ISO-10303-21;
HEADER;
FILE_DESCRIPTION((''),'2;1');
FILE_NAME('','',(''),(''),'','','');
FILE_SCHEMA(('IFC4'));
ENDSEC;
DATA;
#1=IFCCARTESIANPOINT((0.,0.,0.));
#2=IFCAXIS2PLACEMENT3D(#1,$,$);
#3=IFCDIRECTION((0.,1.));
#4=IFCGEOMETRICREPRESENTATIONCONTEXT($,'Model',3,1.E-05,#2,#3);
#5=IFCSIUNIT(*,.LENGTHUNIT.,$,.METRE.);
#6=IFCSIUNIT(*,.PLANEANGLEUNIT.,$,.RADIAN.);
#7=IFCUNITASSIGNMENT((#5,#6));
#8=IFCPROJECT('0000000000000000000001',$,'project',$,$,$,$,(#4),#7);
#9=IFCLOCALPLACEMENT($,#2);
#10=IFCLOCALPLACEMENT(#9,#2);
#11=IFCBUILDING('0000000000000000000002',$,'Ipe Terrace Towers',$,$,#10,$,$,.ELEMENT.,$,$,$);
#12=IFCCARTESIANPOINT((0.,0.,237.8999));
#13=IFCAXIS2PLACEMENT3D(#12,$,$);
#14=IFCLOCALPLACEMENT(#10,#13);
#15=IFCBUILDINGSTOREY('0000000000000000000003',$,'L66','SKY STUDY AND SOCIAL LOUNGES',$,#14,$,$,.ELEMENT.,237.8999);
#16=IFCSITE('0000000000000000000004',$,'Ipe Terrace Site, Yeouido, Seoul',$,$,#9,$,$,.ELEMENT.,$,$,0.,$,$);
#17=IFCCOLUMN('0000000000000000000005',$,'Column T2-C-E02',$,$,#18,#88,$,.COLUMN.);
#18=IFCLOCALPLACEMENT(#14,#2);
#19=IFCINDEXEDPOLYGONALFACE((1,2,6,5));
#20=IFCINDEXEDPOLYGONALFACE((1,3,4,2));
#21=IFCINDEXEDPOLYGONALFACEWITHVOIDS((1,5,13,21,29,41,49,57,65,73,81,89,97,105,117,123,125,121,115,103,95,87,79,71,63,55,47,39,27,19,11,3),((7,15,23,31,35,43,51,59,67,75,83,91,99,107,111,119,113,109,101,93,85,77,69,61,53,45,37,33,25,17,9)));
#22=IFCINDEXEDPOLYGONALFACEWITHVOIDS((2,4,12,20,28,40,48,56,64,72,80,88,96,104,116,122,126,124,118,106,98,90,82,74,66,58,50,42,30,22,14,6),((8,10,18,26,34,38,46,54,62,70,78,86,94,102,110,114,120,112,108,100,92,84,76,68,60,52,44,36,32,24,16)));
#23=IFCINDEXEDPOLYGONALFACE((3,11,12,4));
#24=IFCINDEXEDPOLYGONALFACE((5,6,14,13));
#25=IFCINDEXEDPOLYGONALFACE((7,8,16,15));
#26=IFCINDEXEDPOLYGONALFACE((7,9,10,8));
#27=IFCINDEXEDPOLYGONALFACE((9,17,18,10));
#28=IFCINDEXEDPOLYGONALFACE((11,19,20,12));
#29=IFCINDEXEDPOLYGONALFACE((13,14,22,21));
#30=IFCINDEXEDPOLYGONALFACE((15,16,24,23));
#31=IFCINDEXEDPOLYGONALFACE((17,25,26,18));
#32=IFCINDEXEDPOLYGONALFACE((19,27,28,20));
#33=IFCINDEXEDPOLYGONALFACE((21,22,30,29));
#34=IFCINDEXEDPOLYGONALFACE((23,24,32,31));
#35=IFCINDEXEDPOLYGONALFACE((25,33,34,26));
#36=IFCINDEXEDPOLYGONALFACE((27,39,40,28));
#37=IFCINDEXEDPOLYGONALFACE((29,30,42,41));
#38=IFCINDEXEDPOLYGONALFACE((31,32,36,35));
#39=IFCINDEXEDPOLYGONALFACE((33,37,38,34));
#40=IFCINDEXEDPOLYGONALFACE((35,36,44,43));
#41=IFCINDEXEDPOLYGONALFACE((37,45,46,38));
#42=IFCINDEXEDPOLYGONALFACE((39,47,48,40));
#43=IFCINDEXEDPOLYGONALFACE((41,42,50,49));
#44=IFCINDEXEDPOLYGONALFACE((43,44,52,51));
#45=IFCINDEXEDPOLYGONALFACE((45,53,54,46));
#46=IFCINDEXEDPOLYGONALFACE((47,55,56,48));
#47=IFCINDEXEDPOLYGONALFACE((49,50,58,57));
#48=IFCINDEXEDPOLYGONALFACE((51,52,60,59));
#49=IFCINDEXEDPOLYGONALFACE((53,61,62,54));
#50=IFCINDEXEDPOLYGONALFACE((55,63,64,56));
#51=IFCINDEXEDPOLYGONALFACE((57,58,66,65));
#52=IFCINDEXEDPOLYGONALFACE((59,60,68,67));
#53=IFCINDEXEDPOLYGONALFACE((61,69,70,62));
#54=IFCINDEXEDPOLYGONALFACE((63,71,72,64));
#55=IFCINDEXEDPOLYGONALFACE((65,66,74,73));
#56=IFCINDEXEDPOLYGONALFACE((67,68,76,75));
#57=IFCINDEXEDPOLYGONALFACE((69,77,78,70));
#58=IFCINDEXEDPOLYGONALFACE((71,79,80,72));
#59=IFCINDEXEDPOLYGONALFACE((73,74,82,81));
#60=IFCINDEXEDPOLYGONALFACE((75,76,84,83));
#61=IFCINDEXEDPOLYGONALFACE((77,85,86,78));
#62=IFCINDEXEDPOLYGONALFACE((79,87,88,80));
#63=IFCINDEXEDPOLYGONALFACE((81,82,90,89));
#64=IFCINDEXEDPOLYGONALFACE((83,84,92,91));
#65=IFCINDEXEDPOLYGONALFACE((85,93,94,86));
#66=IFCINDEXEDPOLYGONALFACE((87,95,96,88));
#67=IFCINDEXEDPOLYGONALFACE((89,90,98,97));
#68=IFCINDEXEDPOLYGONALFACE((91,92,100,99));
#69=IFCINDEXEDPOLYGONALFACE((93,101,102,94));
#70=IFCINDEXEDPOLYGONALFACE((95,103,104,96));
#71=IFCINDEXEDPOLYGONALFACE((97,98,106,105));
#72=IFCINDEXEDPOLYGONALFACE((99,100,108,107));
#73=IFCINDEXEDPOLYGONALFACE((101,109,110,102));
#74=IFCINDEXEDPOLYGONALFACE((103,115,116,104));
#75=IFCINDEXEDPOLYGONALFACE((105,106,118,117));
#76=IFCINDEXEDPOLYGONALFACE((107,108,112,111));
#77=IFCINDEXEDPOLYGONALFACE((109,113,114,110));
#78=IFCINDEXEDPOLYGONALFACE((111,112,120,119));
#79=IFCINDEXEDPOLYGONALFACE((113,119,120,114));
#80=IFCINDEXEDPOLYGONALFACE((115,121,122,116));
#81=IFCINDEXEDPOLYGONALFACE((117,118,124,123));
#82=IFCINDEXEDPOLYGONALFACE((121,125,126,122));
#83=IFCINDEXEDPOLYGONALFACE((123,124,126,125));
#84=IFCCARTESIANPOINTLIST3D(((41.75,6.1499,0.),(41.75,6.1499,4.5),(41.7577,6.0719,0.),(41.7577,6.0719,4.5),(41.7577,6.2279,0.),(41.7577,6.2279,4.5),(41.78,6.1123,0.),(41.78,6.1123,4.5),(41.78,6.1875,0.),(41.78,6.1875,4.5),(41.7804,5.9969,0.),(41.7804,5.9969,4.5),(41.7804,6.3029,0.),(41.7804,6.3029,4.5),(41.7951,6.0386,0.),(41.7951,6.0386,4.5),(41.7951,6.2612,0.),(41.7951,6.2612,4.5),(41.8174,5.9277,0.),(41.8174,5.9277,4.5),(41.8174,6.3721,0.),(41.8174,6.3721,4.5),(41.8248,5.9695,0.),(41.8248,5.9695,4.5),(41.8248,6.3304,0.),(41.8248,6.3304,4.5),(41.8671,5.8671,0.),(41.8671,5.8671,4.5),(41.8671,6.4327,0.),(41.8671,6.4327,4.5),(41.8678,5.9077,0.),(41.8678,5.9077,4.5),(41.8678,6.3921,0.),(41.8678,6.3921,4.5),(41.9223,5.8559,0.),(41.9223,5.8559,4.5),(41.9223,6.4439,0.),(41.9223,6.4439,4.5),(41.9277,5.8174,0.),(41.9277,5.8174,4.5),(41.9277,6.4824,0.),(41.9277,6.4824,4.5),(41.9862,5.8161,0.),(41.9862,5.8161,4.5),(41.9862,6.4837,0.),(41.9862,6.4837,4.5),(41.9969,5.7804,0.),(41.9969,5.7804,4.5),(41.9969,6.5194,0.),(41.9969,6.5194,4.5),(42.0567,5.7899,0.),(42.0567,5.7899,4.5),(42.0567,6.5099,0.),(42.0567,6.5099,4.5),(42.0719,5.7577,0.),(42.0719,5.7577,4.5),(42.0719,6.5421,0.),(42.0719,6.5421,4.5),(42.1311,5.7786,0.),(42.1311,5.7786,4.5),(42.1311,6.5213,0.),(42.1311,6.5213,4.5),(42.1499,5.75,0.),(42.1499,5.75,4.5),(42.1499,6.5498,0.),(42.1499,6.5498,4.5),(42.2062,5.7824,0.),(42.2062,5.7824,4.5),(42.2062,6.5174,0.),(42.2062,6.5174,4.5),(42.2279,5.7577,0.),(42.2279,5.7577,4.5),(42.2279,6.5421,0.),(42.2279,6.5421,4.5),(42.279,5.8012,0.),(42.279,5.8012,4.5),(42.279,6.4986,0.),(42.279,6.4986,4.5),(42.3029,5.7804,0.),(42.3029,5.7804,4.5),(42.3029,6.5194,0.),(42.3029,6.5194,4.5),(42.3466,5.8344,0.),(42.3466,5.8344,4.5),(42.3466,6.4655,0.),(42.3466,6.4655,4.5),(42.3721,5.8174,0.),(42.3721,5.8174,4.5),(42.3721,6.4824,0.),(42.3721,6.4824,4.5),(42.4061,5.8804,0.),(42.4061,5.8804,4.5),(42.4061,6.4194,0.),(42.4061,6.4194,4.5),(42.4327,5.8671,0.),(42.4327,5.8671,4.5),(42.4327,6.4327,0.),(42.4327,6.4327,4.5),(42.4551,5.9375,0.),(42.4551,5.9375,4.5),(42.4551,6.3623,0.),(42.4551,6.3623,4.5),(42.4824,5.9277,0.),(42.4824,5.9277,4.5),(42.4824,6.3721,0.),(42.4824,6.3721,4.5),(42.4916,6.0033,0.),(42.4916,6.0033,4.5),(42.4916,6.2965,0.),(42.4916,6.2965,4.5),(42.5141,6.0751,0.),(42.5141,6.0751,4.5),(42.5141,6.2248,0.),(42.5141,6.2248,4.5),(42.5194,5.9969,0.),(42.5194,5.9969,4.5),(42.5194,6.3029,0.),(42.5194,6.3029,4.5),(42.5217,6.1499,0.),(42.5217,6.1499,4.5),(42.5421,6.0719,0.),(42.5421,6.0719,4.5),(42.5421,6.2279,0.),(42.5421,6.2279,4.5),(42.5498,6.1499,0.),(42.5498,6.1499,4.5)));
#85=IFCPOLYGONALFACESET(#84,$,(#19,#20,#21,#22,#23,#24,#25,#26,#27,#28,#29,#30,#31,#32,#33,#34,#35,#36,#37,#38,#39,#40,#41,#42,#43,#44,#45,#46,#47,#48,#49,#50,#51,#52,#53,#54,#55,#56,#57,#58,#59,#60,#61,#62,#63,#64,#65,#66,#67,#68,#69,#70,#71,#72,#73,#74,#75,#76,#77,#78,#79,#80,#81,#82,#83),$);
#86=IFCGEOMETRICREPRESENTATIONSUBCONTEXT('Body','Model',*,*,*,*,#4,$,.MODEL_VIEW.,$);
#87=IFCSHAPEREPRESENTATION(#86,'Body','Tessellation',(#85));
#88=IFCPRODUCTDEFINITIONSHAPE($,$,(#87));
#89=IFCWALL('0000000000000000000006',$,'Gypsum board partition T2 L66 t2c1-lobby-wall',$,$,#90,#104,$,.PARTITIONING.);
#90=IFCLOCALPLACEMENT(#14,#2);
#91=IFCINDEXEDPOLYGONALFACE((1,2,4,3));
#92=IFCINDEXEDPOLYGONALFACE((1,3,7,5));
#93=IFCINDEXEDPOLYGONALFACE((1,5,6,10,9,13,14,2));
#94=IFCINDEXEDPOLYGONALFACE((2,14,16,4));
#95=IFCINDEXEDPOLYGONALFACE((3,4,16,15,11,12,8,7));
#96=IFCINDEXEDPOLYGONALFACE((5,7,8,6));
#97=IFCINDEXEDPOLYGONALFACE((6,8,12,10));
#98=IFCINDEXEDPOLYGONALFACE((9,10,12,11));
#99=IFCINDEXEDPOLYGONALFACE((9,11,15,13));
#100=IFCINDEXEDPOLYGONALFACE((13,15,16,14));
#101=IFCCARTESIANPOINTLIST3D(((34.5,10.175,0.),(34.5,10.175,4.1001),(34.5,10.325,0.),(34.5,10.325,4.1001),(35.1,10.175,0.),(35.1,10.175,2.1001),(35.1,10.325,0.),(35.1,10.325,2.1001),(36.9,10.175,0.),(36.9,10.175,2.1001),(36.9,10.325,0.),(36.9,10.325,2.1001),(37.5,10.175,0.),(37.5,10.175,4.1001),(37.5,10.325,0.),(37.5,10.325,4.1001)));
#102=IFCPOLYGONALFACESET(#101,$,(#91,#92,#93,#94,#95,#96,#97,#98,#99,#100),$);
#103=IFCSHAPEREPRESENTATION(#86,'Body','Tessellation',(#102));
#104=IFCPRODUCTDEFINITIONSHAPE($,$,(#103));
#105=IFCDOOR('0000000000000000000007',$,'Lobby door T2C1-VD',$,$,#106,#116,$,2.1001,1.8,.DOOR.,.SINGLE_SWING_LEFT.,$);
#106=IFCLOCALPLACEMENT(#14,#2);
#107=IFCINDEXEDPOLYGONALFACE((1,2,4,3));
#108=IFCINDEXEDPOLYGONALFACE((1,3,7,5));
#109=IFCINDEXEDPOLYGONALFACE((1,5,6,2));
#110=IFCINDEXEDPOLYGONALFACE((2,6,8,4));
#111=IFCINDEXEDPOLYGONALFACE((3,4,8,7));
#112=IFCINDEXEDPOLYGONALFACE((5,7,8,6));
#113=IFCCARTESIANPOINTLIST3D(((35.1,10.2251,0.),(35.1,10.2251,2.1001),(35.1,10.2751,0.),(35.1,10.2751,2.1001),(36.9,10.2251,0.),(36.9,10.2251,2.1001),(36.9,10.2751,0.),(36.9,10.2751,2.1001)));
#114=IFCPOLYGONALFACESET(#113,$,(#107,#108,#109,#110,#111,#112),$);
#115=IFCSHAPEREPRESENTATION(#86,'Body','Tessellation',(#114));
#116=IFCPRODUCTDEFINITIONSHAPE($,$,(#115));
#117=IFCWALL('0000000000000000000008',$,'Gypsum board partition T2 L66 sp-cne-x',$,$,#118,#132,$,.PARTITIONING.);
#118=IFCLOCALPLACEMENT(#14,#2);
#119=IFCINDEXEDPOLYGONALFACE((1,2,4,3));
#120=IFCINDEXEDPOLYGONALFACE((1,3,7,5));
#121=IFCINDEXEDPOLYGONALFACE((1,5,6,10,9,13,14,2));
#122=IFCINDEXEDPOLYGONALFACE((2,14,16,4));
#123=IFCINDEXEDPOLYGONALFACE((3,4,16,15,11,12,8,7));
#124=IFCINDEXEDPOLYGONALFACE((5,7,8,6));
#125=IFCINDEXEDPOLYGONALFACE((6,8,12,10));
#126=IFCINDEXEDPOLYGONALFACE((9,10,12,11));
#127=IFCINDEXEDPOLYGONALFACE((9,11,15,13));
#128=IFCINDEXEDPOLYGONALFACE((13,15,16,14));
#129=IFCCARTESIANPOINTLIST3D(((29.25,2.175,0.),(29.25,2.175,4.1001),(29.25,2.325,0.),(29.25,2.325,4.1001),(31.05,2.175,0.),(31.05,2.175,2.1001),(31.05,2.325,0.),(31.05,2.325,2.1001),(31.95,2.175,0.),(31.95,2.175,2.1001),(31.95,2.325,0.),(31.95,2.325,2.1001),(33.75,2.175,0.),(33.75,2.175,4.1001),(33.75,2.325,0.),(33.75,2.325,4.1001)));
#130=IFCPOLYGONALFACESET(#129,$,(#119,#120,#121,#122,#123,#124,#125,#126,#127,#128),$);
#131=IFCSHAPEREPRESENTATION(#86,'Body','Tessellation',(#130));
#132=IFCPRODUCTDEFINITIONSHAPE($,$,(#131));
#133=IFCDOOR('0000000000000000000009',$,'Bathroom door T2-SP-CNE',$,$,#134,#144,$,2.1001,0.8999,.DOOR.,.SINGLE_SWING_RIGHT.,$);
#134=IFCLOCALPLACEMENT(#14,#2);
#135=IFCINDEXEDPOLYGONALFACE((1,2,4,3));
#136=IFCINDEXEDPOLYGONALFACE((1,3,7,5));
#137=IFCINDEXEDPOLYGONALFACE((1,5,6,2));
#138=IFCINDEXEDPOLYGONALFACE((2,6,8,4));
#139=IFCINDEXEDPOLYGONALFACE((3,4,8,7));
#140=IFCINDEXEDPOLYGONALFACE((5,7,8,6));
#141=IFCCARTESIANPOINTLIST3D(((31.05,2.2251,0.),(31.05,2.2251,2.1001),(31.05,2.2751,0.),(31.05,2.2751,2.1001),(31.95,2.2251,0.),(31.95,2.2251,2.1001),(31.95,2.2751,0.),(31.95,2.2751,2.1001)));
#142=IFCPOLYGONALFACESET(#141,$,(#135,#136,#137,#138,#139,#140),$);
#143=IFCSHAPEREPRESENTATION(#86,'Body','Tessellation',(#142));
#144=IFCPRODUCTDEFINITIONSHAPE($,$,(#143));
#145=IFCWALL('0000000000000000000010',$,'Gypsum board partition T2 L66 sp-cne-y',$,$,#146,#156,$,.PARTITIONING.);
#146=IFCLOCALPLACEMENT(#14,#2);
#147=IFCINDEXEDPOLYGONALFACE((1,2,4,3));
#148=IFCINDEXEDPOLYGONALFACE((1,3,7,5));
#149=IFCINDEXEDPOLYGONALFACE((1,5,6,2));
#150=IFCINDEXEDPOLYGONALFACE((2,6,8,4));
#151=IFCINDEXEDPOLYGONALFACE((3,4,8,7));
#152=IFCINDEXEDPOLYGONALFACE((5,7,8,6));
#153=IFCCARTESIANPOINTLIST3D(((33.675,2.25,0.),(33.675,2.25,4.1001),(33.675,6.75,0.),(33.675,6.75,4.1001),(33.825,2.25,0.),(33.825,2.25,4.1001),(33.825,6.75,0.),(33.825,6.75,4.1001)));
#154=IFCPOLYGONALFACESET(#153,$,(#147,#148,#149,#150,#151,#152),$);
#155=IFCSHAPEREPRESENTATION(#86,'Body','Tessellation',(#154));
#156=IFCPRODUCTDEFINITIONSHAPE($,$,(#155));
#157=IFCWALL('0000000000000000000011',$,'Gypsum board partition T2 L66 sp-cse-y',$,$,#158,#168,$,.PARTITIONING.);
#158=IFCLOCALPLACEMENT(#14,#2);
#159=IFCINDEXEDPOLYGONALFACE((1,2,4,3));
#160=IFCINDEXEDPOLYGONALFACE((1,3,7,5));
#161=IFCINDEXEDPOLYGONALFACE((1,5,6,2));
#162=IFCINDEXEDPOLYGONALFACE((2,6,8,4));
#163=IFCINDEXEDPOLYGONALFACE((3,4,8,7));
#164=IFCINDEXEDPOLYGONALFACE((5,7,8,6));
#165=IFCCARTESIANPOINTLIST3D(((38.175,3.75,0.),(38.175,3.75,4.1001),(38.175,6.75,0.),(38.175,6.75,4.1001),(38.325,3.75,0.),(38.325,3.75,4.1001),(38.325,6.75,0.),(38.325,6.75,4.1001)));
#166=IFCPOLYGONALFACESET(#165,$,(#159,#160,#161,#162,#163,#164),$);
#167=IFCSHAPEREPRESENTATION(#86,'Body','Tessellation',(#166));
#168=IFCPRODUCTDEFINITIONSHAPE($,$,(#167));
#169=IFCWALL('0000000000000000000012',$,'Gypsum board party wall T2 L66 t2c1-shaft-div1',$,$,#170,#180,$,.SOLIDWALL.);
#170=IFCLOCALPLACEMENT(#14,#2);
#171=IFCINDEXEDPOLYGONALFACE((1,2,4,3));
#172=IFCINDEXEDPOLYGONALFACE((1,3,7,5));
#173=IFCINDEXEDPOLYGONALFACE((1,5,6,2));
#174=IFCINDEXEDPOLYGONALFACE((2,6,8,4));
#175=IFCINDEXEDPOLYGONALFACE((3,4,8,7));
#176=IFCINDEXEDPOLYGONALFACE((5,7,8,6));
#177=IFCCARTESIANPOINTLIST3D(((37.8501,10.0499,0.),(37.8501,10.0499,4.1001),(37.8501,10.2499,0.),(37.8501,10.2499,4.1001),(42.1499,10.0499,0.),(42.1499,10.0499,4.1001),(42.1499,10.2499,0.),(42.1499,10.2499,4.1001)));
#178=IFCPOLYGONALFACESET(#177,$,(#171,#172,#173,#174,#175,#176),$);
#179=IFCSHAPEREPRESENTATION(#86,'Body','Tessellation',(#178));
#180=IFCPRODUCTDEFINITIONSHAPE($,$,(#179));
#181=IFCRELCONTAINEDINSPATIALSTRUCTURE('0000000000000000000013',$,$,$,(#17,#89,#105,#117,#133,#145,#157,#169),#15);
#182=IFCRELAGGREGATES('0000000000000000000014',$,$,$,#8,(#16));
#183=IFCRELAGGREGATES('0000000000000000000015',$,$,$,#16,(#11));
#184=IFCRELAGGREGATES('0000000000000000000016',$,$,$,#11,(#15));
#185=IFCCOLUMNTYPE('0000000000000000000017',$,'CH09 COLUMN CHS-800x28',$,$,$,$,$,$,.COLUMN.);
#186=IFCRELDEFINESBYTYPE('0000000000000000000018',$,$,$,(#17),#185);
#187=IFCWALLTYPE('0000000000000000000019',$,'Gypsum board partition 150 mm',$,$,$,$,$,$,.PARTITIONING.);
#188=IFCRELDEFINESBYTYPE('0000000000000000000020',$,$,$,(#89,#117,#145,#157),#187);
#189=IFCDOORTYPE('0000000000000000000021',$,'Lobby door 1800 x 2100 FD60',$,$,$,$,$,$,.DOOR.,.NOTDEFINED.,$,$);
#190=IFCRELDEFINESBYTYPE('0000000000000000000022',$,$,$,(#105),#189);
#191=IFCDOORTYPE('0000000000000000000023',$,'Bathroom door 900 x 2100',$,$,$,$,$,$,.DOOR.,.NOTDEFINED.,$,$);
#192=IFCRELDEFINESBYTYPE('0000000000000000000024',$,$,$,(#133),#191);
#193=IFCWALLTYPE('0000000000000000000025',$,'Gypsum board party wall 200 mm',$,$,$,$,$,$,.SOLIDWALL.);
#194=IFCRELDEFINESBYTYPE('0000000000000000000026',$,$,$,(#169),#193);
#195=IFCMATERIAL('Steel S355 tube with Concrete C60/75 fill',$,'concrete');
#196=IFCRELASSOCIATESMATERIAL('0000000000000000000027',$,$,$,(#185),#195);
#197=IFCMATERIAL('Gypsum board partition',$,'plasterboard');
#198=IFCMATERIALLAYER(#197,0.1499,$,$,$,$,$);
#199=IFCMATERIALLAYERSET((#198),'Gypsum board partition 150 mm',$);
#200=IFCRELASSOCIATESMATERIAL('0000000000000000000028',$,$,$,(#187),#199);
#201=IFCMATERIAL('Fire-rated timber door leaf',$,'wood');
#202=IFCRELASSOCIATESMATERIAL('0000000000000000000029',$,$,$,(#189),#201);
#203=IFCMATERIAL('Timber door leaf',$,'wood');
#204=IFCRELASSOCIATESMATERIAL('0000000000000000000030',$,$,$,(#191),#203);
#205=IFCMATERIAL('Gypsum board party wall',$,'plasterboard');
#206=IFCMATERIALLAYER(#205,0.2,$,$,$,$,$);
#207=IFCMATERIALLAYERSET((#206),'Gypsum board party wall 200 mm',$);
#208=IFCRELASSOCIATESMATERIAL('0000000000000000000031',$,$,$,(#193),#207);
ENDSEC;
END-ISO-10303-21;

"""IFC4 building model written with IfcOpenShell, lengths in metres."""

from ifc_helpers import new_model, si_unit, direction, frame, frame_2d, origin, origin_2d, place, context, subcontext, project, spatial, rectangle, hollow_circle, extrude, material, layer, layer_set, material_profile, profile_set, type_object, element, fill, save


model = new_model("IFC4")

# Units and contexts
model_context = context("Model", 3, precision=1e-05, world=origin(), true_north=direction((0.0, 1.0)))
body_context = subcontext(model_context, "Body", "Model", "MODEL_VIEW")
ifc_project = project(units=[si_unit("LENGTHUNIT", "METRE"), si_unit("PLANEANGLEUNIT", "RADIAN")], contexts=[model_context])

# Site, building, storey
site_placement = place(None, origin())
site = spatial("IfcSite", under=ifc_project, at=site_placement, Name="Ipe Terrace Site, Yeouido, Seoul", CompositionType="ELEMENT", RefElevation=0.0)
building_placement = place(site_placement, origin())
building = spatial("IfcBuilding", under=site, at=building_placement, Name="Ipe Terrace Towers", CompositionType="ELEMENT")
storey_placement = place(building_placement, frame((0.0, 0.0, 237.8999)))
storey = spatial("IfcBuildingStorey", under=building, at=storey_placement, Name="L66", Description="SKY STUDY AND SOCIAL LOUNGES", CompositionType="ELEMENT", Elevation=237.8999)

# Column
ifc_material_1 = material(Name="Steel S355 tube with Concrete C60/75 fill", Category="concrete")
ifc_material_profile = material_profile(ifc_material_1, hollow_circle(Radius=0.3999, WallThickness=0.0281, at=origin_2d()), Name="CHS-800x28")
ifc_profile_set = profile_set([ifc_material_profile], Name="Steel S355 tube with Concrete C60/75 fill")
column_type = type_object("IfcColumnType", Name="CH09 COLUMN CHS-800x28", PredefinedType="COLUMN", material=ifc_profile_set)
column_placement = place(storey_placement, frame((42.1499, 6.1499, 0.0), z_axis=(0.0, 0.0, 1.0), x_axis=(1.0, 0.0, 0.0)))
element("IfcColumn", 1, at=column_placement, inside=storey, type_object=column_type, Name="Column T2-C-E02", PredefinedType="COLUMN", context=body_context, shape_type="SweptSolid", body=[
    extrude(hollow_circle(Radius=0.3999, WallThickness=0.0281, at=origin_2d()), origin(), (0.0, 0.0, 1.0), 4.5),
])

# Walls, openings, doors
ifc_material_2 = material(Name="Gypsum board partition", Category="plasterboard")
ifc_layer_1 = layer(ifc_material_2, 0.1499)
ifc_layer_set_1 = layer_set([ifc_layer_1], Name="Gypsum board partition 150 mm")
wall_type_1 = type_object("IfcWallType", Name="Gypsum board partition 150 mm", PredefinedType="PARTITIONING", material=ifc_layer_set_1)
wall_1_placement = place(storey_placement, frame((37.5, 10.25, 0.0), z_axis=(0.0, 0.0, 1.0), x_axis=(-1.0, 0.0, 0.0)))
wall_1 = element("IfcWall", 2, at=wall_1_placement, inside=storey, type_object=wall_type_1, Name="Gypsum board partition T2 L66 t2c1-lobby-wall", PredefinedType="PARTITIONING", context=body_context, shape_type="SweptSolid", body=[
    extrude(rectangle(XDim=3.0, YDim=0.1499, at=frame_2d((1.5, 0.0))), origin(), (0.0, 0.0, 1.0), 4.1001),
])
opening_1_placement = place(wall_1_placement, frame((0.6001, 0.0, 0.0)))
opening_1 = element("IfcOpeningElement", 3, at=opening_1_placement, cuts=wall_1, PredefinedType="OPENING", context=body_context, shape_type="SweptSolid", body=[
    extrude(rectangle(XDim=1.8, YDim=2.1001, at=frame_2d((0.8999, 1.05))), frame((0.0, 0.085, 0.0), z_axis=(0.0, -1.0, 0.0), x_axis=(1.0, 0.0, 0.0)), (0.0, 0.0, 1.0), 0.1699),
])
ifc_material_3 = material(Name="Fire-rated timber door leaf", Category="wood")
door_type_1 = type_object("IfcDoorType", Name="Lobby door 1800 x 2100 FD60", OperationType="NOTDEFINED", PredefinedType="DOOR", material=ifc_material_3)
door_1_placement = place(opening_1_placement, origin())
door_1 = element("IfcDoor", 4, at=door_1_placement, inside=storey, type_object=door_type_1, Name="Lobby door T2C1-VD", OperationType="SINGLE_SWING_LEFT", OverallHeight=2.1001, OverallWidth=1.8, PredefinedType="DOOR", context=body_context, shape_type="SweptSolid", body=[
    extrude(rectangle(XDim=1.8, YDim=2.1001, at=frame_2d((0.8999, 1.05))), frame((0.0, 0.0249, 0.0), z_axis=(0.0, -1.0, 0.0), x_axis=(1.0, 0.0, 0.0)), (0.0, 0.0, 1.0), 0.05),
])
fill(opening_1, door_1)
wall_2_placement = place(storey_placement, frame((33.75, 2.25, 0.0), z_axis=(0.0, 0.0, 1.0), x_axis=(-1.0, 0.0, 0.0)))
wall_2 = element("IfcWall", 5, at=wall_2_placement, inside=storey, type_object=wall_type_1, Name="Gypsum board partition T2 L66 sp-cne-x", PredefinedType="PARTITIONING", context=body_context, shape_type="SweptSolid", body=[
    extrude(rectangle(XDim=4.5, YDim=0.1499, at=frame_2d((2.25, 0.0))), origin(), (0.0, 0.0, 1.0), 4.1001),
])
opening_2_placement = place(wall_2_placement, frame((1.8, 0.0, 0.0)))
opening_2 = element("IfcOpeningElement", 6, at=opening_2_placement, cuts=wall_2, PredefinedType="OPENING", context=body_context, shape_type="SweptSolid", body=[
    extrude(rectangle(XDim=0.8999, YDim=2.1001, at=frame_2d((0.45, 1.05))), frame((0.0, 0.085, 0.0), z_axis=(0.0, -1.0, 0.0), x_axis=(1.0, 0.0, 0.0)), (0.0, 0.0, 1.0), 0.1699),
])
ifc_material_4 = material(Name="Timber door leaf", Category="wood")
door_type_2 = type_object("IfcDoorType", Name="Bathroom door 900 x 2100", OperationType="NOTDEFINED", PredefinedType="DOOR", material=ifc_material_4)
door_2_placement = place(opening_2_placement, origin())
door_2 = element("IfcDoor", 7, at=door_2_placement, inside=storey, type_object=door_type_2, Name="Bathroom door T2-SP-CNE", OperationType="SINGLE_SWING_RIGHT", OverallHeight=2.1001, OverallWidth=0.8999, PredefinedType="DOOR", context=body_context, shape_type="SweptSolid", body=[
    extrude(rectangle(XDim=0.8999, YDim=2.1001, at=frame_2d((0.45, 1.05))), frame((0.0, 0.0249, 0.0), z_axis=(0.0, -1.0, 0.0), x_axis=(1.0, 0.0, 0.0)), (0.0, 0.0, 1.0), 0.05),
])
fill(opening_2, door_2)

# Walls
wall_3_placement = place(storey_placement, frame((33.75, 2.25, 0.0), z_axis=(0.0, 0.0, 1.0), x_axis=(0.0, 1.0, 0.0)))
element("IfcWall", 8, at=wall_3_placement, inside=storey, type_object=wall_type_1, Name="Gypsum board partition T2 L66 sp-cne-y", PredefinedType="PARTITIONING", context=body_context, shape_type="SweptSolid", body=[
    extrude(rectangle(XDim=4.5, YDim=0.1499, at=frame_2d((2.25, 0.0))), origin(), (0.0, 0.0, 1.0), 4.1001),
])
wall_4_placement = place(storey_placement, frame((38.25, 3.75, 0.0), z_axis=(0.0, 0.0, 1.0), x_axis=(0.0, 1.0, 0.0)))
element("IfcWall", 9, at=wall_4_placement, inside=storey, type_object=wall_type_1, Name="Gypsum board partition T2 L66 sp-cse-y", PredefinedType="PARTITIONING", context=body_context, shape_type="SweptSolid", body=[
    extrude(rectangle(XDim=3.0, YDim=0.1499, at=frame_2d((1.5, 0.0))), origin(), (0.0, 0.0, 1.0), 4.1001),
])
ifc_material_5 = material(Name="Gypsum board party wall", Category="plasterboard")
ifc_layer_2 = layer(ifc_material_5, 0.2)
ifc_layer_set_2 = layer_set([ifc_layer_2], Name="Gypsum board party wall 200 mm")
wall_type_2 = type_object("IfcWallType", Name="Gypsum board party wall 200 mm", PredefinedType="SOLIDWALL", material=ifc_layer_set_2)
wall_5_placement = place(storey_placement, frame((42.1499, 10.1499, 0.0), z_axis=(0.0, 0.0, 1.0), x_axis=(-1.0, 0.0, 0.0)))
element("IfcWall", 10, at=wall_5_placement, inside=storey, type_object=wall_type_2, Name="Gypsum board party wall T2 L66 t2c1-shaft-div1", PredefinedType="SOLIDWALL", context=body_context, shape_type="SweptSolid", body=[
    extrude(rectangle(XDim=4.2998, YDim=0.2, at=frame_2d((2.1499, 0.0))), origin(), (0.0, 0.0, 1.0), 4.1001),
])

save(model, "model.ifc")
